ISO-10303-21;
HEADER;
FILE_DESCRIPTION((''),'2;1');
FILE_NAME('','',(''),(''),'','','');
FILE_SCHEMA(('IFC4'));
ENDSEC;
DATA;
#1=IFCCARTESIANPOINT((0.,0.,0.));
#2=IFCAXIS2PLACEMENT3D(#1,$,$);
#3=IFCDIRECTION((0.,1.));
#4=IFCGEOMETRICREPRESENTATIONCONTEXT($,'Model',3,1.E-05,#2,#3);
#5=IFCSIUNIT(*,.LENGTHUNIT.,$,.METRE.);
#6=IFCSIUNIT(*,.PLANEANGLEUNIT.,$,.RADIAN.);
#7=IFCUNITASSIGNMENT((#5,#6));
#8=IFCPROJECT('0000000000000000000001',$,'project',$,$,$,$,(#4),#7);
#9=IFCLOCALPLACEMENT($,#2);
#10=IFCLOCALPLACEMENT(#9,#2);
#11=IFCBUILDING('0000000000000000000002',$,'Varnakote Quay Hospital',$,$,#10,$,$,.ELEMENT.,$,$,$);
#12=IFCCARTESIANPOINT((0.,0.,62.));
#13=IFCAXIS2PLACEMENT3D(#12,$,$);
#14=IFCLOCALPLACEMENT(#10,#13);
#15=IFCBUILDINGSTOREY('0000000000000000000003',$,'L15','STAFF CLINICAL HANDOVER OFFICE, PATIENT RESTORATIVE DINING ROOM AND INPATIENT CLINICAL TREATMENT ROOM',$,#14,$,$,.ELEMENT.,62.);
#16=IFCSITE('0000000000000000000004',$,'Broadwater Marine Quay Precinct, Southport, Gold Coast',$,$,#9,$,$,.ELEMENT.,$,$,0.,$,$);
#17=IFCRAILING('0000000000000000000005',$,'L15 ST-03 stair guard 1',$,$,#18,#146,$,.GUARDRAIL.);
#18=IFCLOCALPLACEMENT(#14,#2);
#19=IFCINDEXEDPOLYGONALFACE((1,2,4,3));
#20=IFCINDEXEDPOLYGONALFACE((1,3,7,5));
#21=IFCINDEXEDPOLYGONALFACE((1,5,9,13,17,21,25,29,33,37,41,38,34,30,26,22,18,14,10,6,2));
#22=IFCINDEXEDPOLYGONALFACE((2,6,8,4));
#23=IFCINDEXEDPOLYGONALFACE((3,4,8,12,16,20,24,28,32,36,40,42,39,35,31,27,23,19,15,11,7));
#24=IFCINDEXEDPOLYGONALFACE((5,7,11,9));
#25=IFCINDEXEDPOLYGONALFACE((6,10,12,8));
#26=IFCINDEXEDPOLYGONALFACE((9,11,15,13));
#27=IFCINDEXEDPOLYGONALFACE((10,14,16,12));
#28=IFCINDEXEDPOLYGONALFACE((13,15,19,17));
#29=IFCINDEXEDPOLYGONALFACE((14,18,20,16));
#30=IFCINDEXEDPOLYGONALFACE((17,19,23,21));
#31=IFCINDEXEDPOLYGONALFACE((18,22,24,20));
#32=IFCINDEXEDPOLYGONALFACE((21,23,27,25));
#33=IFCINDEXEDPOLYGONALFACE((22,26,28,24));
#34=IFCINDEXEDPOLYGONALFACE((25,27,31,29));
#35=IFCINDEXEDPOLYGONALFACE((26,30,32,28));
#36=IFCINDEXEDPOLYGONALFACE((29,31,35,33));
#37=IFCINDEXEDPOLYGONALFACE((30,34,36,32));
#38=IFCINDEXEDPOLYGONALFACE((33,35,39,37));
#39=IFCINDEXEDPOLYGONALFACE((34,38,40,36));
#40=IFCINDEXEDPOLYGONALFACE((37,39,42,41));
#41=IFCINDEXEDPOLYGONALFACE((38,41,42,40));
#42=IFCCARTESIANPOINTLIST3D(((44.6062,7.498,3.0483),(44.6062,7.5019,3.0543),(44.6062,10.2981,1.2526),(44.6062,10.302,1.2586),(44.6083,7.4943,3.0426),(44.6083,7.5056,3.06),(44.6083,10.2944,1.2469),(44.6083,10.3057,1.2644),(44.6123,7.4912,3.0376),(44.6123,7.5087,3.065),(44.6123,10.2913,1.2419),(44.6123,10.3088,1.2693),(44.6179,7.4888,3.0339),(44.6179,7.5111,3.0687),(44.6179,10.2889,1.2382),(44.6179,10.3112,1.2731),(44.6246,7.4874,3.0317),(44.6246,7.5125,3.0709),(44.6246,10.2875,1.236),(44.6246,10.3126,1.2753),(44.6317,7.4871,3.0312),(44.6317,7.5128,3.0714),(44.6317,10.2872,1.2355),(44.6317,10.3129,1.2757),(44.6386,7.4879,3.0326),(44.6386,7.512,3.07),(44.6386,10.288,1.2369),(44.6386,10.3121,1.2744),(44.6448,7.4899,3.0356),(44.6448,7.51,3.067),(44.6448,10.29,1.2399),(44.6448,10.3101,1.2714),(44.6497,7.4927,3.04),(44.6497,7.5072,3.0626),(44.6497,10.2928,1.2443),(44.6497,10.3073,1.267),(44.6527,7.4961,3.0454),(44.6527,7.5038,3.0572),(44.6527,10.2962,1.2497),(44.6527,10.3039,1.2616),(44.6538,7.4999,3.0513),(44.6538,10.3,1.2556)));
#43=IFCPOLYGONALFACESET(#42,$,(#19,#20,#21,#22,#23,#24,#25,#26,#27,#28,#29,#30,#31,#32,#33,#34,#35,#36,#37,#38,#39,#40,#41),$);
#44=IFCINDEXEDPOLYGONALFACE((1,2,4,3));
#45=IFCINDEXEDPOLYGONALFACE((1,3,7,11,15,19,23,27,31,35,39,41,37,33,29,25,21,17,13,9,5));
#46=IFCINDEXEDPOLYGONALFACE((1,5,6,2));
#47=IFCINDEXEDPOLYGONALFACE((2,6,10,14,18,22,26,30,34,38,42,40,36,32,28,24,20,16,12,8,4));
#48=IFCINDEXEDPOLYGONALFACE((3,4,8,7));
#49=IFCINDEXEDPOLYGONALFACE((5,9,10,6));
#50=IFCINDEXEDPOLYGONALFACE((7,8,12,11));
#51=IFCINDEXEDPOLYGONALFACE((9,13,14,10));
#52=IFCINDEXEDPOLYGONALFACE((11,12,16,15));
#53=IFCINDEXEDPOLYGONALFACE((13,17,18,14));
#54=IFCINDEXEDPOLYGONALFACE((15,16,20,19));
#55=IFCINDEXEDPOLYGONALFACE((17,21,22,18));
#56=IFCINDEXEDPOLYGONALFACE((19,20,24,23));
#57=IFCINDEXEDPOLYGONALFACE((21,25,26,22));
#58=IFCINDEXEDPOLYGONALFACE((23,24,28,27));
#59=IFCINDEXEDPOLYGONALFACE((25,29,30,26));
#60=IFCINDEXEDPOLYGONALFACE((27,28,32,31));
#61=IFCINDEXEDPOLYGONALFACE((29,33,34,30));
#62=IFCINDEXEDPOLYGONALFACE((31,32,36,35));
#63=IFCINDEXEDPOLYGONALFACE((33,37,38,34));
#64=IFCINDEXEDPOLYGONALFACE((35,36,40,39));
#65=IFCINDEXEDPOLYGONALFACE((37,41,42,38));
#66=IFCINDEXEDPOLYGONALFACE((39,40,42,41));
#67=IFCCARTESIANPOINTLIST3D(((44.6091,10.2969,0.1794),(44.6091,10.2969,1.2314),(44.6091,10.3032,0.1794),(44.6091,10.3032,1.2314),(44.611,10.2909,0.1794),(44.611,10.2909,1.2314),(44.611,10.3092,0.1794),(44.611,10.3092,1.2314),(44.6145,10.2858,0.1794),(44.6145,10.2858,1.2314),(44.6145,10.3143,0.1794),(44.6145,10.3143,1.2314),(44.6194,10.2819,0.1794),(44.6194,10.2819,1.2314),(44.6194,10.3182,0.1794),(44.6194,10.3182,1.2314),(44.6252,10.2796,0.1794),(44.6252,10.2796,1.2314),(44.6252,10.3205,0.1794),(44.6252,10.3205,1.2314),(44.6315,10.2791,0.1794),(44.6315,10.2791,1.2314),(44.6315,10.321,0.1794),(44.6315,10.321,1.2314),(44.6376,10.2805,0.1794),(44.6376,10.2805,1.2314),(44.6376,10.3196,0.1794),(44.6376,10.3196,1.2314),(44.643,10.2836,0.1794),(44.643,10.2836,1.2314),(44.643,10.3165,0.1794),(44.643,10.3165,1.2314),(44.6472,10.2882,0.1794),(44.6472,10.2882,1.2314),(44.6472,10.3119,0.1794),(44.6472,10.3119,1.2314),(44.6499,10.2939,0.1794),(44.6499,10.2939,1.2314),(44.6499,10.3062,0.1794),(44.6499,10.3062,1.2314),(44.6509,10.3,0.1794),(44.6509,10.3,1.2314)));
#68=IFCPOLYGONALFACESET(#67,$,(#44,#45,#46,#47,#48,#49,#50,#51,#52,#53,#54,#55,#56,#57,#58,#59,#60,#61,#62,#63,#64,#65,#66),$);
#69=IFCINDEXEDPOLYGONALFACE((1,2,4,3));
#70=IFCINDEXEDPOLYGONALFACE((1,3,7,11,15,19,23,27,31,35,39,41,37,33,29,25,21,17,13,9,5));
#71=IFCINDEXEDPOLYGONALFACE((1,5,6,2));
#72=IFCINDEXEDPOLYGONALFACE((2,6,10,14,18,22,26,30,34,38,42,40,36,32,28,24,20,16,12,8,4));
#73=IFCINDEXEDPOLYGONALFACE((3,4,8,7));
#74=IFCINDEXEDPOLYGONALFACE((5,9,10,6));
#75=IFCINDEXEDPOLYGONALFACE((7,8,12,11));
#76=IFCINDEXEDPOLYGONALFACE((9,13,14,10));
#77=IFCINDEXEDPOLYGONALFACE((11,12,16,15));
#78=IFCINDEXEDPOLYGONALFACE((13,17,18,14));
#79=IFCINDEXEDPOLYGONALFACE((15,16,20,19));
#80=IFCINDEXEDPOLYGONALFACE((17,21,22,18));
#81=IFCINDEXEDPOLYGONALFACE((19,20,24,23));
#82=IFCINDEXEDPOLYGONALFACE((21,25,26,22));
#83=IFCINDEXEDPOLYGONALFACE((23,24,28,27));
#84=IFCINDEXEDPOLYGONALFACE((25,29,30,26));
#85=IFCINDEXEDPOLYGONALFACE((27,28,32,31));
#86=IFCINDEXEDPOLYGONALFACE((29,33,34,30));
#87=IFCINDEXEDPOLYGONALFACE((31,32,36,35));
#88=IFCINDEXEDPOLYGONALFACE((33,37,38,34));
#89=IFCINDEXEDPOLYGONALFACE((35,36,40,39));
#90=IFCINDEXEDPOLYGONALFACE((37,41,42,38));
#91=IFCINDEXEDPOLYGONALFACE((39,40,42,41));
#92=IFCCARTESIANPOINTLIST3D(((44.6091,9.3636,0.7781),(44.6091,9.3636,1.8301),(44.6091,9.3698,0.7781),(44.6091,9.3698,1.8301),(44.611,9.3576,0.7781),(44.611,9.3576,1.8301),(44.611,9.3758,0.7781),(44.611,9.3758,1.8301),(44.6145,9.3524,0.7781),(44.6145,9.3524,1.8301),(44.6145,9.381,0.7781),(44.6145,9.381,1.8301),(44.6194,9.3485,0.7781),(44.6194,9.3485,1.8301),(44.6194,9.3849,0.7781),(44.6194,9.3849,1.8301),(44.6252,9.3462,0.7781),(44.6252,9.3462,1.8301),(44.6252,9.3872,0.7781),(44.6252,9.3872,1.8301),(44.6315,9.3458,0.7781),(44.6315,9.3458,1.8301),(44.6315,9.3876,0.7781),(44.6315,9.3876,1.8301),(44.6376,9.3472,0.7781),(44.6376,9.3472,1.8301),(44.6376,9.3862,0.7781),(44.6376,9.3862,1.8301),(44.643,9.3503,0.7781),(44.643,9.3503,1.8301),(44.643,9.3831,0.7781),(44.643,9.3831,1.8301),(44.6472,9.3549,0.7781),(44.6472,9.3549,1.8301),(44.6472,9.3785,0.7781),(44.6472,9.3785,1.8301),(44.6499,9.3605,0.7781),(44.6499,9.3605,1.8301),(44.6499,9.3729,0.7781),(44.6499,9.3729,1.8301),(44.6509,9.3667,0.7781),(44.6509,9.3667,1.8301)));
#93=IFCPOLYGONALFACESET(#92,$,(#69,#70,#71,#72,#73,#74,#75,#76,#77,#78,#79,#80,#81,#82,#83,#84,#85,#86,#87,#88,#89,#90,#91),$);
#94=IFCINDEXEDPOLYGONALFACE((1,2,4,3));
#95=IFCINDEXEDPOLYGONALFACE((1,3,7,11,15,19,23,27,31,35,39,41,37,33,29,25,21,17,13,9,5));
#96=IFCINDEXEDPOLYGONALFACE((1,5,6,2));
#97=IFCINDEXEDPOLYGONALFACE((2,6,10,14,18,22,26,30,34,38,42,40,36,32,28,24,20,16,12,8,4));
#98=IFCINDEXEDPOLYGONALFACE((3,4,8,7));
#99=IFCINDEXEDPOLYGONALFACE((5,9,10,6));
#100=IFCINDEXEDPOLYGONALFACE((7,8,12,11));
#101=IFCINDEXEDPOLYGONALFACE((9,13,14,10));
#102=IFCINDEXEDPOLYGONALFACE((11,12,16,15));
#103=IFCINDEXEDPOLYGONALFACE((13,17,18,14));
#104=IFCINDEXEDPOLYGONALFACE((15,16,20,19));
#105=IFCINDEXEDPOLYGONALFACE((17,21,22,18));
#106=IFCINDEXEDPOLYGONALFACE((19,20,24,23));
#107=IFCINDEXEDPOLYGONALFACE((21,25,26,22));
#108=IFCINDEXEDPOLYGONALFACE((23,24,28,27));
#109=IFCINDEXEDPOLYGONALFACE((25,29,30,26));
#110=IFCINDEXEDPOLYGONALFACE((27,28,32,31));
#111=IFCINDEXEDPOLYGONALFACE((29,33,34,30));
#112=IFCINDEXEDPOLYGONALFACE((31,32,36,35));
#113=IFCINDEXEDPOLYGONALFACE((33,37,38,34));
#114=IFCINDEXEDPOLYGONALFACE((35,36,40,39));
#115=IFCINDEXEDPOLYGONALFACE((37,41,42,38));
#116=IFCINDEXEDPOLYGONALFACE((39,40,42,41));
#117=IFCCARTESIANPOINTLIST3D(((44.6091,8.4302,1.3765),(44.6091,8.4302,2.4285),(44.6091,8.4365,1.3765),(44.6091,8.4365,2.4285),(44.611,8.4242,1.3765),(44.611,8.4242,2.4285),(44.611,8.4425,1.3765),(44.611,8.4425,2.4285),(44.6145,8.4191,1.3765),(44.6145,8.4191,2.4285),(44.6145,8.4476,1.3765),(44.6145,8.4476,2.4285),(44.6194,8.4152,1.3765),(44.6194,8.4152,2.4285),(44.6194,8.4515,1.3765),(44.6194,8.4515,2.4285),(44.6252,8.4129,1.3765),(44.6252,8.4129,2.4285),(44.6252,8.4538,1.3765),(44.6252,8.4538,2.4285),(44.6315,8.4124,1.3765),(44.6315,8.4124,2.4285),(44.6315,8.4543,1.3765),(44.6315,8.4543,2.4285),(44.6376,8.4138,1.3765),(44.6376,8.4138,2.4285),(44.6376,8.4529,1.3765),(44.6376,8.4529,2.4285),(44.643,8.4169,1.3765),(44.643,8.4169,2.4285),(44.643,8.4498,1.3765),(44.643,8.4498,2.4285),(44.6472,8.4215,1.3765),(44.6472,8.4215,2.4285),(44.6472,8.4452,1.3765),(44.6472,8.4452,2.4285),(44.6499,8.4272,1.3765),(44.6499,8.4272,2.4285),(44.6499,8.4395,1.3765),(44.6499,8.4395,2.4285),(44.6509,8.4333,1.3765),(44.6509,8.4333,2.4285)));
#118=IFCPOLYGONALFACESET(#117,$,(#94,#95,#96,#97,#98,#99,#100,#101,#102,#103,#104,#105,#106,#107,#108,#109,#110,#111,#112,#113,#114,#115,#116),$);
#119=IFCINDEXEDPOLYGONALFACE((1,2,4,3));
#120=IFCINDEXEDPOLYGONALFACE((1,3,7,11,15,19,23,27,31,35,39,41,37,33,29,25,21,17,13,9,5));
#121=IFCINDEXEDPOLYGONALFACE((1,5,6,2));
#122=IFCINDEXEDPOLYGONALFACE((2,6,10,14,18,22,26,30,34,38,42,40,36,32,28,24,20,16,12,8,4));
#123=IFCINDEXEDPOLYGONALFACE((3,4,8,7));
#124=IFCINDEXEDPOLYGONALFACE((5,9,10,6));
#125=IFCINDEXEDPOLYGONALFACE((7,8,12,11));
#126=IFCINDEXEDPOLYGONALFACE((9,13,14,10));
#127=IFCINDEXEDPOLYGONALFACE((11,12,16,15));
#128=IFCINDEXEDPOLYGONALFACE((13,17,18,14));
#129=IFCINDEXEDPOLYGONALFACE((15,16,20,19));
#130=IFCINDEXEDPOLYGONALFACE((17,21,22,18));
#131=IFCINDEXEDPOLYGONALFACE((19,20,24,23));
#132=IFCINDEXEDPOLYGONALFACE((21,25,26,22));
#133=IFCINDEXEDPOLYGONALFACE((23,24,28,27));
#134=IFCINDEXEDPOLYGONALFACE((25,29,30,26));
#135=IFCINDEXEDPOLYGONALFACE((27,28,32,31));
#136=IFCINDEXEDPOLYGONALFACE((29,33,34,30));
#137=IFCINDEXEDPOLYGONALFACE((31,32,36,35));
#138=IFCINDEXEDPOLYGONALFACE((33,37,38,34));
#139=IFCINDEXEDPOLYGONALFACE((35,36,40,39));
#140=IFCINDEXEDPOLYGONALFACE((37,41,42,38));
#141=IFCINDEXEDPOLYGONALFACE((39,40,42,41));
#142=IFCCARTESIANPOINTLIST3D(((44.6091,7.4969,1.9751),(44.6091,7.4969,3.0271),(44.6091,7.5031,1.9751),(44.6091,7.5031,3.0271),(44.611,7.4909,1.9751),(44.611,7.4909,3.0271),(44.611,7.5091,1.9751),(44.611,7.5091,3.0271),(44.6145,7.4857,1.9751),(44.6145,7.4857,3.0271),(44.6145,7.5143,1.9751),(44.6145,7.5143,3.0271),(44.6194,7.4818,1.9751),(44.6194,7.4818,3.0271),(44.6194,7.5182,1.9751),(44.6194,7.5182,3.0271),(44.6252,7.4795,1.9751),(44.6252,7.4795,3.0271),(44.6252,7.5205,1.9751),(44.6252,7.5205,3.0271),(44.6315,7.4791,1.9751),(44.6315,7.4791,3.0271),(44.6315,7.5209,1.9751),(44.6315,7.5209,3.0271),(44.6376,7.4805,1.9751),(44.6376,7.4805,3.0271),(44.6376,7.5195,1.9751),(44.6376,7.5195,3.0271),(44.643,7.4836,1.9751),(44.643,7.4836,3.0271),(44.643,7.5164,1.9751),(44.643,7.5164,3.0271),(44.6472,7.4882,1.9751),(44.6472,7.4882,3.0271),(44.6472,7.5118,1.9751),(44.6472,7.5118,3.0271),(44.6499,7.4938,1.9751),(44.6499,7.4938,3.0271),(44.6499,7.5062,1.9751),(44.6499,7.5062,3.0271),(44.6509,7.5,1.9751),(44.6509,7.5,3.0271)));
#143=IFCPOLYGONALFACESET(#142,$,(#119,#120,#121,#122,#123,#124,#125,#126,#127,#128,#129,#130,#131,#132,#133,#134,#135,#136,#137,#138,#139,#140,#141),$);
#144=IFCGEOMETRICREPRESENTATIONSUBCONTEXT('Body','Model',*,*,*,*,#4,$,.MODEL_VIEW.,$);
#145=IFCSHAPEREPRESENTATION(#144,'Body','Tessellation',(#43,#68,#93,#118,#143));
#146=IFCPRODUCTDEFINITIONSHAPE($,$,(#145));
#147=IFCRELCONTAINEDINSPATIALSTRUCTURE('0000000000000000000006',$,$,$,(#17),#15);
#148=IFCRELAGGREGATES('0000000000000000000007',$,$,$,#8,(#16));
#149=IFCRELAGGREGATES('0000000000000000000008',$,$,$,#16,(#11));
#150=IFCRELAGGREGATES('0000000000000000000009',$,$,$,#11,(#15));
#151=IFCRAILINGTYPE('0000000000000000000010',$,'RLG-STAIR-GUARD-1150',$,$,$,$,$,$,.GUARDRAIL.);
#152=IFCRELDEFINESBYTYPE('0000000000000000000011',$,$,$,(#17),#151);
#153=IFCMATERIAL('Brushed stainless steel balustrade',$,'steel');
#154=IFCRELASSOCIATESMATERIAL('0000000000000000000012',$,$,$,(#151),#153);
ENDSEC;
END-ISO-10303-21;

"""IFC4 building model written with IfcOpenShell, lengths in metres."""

from ifc_helpers import new_model, si_unit, direction, frame, origin, origin_2d, place, context, subcontext, project, spatial, circle, extrude, material, type_object, element, save


model = new_model("IFC4")

# Units and contexts
model_context = context("Model", 3, precision=1e-05, world=origin(), true_north=direction((0.0, 1.0)))
body_context = subcontext(model_context, "Body", "Model", "MODEL_VIEW")
ifc_project = project(units=[si_unit("LENGTHUNIT", "METRE"), si_unit("PLANEANGLEUNIT", "RADIAN")], contexts=[model_context])

# Site, building, storey
site_placement = place(None, origin())
site = spatial("IfcSite", under=ifc_project, at=site_placement, Name="Broadwater Marine Quay Precinct, Southport, Gold Coast", CompositionType="ELEMENT", RefElevation=0.0)
building_placement = place(site_placement, origin())
building = spatial("IfcBuilding", under=site, at=building_placement, Name="Varnakote Quay Hospital", CompositionType="ELEMENT")
storey_placement = place(building_placement, frame((0.0, 0.0, 62.0)))
storey = spatial("IfcBuildingStorey", under=building, at=storey_placement, Name="L15", Description="STAFF CLINICAL HANDOVER OFFICE, PATIENT RESTORATIVE DINING ROOM AND INPATIENT CLINICAL TREATMENT ROOM", CompositionType="ELEMENT", Elevation=62.0)

# Railing
ifc_material_1 = material(Name="Brushed stainless steel balustrade", Category="steel")
railing_type_1 = type_object("IfcRailingType", Name="RLG-STAIR-GUARD-1150", PredefinedType="GUARDRAIL", material=ifc_material_1)
railing_1_placement = place(storey_placement, frame((44.6299, 10.3, 0.1794)))
element("IfcRailing", 1, at=railing_1_placement, inside=storey, type_object=railing_type_1, Name="L15 ST-03 stair guard 1", PredefinedType="GUARDRAIL", context=body_context, shape_type="SweptSolid", body=[
    extrude(circle(Radius=0.0239, at=origin_2d()), frame((0.0, 0.0, 1.0762), z_axis=(0.0, -0.841777, 0.539826), x_axis=(1.0, 0.0, 0.0)), (0.0, 0.0, 1.0), 3.3264),
    extrude(circle(Radius=0.021, at=origin_2d()), origin(), (0.0, 0.0, 1.0), 1.052),
    extrude(circle(Radius=0.021, at=origin_2d()), frame((0.0, -0.9333, 0.5986)), (0.0, 0.0, 1.0), 1.052),
    extrude(circle(Radius=0.021, at=origin_2d()), frame((0.0, -1.8667, 1.197)), (0.0, 0.0, 1.0), 1.052),
    extrude(circle(Radius=0.021, at=origin_2d()), frame((0.0, -2.8, 1.7957)), (0.0, 0.0, 1.0), 1.052),
])

save(model, "model.ifc")
